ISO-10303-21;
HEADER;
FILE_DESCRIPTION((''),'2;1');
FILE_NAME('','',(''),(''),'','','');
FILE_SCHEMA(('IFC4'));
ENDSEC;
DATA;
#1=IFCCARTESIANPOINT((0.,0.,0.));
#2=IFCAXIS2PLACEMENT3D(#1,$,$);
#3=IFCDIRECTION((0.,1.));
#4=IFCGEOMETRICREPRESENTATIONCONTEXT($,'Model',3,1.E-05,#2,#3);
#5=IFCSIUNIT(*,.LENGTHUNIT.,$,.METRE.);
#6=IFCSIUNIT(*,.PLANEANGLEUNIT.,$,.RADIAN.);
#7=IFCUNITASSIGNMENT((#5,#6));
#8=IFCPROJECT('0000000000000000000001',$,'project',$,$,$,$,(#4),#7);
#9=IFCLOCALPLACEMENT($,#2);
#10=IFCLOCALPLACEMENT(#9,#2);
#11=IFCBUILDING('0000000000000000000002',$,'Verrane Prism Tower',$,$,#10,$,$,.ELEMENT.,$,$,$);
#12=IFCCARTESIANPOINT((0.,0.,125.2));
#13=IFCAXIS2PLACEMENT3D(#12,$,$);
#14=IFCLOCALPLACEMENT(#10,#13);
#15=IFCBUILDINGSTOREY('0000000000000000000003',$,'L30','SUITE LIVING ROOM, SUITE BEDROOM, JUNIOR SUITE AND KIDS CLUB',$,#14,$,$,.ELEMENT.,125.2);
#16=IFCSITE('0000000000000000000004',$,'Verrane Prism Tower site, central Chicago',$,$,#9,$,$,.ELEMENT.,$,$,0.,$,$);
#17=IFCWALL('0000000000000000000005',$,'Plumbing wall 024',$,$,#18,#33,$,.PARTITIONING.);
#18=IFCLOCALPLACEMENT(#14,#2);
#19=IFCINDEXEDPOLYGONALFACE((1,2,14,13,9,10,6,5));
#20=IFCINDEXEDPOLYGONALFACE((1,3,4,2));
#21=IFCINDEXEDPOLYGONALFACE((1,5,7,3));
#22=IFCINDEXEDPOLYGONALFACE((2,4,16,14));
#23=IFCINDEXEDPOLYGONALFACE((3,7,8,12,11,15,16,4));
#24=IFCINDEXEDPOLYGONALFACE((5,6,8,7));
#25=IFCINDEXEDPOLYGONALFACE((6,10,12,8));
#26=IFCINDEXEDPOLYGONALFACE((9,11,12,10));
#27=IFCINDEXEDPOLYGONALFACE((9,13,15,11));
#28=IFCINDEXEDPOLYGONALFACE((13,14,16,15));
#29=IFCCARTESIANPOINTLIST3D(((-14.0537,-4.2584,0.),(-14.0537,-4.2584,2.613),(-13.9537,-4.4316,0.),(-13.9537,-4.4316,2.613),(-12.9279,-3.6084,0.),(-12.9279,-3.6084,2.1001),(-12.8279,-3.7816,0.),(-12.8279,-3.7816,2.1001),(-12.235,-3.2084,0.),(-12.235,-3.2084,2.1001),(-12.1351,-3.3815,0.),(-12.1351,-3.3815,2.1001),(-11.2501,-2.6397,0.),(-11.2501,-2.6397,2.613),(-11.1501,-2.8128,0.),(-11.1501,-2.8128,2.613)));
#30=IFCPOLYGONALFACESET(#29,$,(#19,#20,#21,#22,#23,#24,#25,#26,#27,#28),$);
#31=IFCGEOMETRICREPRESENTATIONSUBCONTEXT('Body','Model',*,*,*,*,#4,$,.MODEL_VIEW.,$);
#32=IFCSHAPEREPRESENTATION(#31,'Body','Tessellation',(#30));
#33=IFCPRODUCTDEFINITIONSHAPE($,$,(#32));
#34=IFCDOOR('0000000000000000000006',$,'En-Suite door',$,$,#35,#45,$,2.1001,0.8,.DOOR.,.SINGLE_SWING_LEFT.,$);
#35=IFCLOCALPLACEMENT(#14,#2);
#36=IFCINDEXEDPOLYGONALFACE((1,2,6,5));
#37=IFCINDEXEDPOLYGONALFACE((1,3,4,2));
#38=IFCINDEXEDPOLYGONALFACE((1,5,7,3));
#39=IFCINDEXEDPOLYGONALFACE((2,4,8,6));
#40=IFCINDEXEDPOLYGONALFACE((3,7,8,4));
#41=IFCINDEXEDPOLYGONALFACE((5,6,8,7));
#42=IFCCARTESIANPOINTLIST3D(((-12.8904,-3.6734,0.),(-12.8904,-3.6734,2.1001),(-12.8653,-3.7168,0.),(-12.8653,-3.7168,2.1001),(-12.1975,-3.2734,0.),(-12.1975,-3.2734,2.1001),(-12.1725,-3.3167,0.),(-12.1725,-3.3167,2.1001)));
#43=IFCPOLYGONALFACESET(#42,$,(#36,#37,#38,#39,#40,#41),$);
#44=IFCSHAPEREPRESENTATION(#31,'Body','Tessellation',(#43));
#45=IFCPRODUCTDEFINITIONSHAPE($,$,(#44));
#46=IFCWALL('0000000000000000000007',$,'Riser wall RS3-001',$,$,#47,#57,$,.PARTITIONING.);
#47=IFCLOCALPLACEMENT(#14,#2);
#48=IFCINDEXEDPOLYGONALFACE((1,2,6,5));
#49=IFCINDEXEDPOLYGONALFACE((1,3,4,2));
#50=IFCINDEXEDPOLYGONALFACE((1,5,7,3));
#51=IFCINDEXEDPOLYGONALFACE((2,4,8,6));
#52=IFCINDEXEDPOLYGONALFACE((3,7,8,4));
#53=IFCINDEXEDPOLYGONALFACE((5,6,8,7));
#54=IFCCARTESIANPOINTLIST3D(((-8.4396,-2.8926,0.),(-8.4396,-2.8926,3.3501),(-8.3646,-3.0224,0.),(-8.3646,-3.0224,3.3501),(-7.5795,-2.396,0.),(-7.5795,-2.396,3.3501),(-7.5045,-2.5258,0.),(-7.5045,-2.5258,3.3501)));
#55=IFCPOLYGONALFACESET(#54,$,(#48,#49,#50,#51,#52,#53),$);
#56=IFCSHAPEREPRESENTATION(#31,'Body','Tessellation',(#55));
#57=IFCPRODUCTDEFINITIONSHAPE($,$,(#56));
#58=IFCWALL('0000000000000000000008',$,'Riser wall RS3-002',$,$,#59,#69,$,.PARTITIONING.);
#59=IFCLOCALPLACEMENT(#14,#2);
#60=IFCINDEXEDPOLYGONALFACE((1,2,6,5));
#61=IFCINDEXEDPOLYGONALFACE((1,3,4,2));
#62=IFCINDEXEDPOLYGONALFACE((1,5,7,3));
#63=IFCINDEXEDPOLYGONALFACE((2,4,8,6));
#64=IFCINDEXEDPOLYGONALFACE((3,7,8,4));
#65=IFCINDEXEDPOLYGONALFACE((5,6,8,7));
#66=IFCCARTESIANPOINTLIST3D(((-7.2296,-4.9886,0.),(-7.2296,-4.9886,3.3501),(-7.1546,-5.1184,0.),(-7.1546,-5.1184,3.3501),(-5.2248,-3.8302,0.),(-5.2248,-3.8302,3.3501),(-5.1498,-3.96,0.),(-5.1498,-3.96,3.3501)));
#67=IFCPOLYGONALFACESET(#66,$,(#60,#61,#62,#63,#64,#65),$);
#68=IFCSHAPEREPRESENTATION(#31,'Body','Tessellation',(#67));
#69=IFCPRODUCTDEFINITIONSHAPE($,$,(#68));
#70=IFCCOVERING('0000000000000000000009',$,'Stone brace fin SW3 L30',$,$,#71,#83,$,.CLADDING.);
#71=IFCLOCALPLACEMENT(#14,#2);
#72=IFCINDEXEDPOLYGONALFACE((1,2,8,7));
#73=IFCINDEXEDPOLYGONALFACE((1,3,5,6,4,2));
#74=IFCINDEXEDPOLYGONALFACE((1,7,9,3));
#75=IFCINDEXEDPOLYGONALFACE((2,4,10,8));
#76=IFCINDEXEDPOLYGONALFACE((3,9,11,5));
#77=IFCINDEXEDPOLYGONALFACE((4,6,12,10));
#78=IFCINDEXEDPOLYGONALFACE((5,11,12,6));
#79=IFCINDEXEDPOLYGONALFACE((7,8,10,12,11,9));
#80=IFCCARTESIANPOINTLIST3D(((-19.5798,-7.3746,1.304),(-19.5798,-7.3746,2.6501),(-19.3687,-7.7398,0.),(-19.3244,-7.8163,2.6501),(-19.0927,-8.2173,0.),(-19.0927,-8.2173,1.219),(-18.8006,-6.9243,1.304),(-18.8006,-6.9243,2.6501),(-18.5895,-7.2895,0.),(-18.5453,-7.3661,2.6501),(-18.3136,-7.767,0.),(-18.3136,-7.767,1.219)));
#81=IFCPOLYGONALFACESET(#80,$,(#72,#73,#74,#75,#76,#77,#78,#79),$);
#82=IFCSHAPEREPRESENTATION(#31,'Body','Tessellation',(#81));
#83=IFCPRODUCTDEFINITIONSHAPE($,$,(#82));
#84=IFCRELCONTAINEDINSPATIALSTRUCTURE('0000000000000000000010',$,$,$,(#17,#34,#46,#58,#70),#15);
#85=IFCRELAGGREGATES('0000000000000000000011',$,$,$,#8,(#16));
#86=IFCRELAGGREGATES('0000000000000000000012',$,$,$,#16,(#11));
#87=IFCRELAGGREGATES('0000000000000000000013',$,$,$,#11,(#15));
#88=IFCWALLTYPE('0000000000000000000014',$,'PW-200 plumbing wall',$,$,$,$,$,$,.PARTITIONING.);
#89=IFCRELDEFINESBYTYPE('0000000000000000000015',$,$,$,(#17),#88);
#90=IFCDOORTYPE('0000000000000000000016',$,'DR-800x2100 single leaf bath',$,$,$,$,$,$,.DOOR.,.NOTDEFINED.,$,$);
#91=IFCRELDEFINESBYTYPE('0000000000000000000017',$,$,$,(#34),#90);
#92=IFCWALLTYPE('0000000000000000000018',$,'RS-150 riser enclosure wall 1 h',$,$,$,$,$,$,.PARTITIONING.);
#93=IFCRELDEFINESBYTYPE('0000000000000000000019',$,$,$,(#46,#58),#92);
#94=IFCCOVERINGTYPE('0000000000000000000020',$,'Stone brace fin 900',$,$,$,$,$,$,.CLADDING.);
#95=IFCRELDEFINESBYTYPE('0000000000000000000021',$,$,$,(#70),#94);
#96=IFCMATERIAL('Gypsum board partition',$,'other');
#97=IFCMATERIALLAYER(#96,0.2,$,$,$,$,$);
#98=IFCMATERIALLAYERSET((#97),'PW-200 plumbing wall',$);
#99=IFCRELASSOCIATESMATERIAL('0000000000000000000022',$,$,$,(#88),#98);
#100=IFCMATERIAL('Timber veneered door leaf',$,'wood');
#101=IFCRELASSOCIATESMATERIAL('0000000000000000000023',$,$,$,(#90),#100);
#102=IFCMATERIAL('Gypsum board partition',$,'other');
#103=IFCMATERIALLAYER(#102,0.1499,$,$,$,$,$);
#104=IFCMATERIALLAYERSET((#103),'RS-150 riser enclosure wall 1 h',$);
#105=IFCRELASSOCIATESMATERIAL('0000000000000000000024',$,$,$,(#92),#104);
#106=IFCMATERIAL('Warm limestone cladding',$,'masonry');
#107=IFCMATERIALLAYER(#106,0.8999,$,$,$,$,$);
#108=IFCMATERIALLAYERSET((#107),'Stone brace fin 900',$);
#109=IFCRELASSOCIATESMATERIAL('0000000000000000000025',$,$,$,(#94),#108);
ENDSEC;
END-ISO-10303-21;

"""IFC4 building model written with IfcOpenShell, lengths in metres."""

from ifc_helpers import new_model, si_unit, direction, frame, frame_2d, origin, place, context, subcontext, project, spatial, polyline, rectangle, outline, extrude, material, layer, layer_set, type_object, element, fill, save


model = new_model("IFC4")

# Units and contexts
model_context = context("Model", 3, precision=1e-05, world=origin(), true_north=direction((0.0, 1.0)))
body_context = subcontext(model_context, "Body", "Model", "MODEL_VIEW")
ifc_project = project(units=[si_unit("LENGTHUNIT", "METRE"), si_unit("PLANEANGLEUNIT", "RADIAN")], contexts=[model_context])

# Site, building, storey
site_placement = place(None, origin())
site = spatial("IfcSite", under=ifc_project, at=site_placement, Name="Verrane Prism Tower site, central Chicago", CompositionType="ELEMENT", RefElevation=0.0)
building_placement = place(site_placement, origin())
building = spatial("IfcBuilding", under=site, at=building_placement, Name="Verrane Prism Tower", CompositionType="ELEMENT")
storey_placement = place(building_placement, frame((0.0, 0.0, 125.2)))
storey = spatial("IfcBuildingStorey", under=building, at=storey_placement, Name="L30", Description="SUITE LIVING ROOM, SUITE BEDROOM, JUNIOR SUITE AND KIDS CLUB", CompositionType="ELEMENT", Elevation=125.2)

# Shared definitions
ifc_material_1 = material(Name="Gypsum board partition", Category="other")
ifc_layer_1 = layer(ifc_material_1, 0.2)
ifc_layer_set_1 = layer_set([ifc_layer_1], Name="PW-200 plumbing wall")
wall_type_1 = type_object("IfcWallType", Name="PW-200 plumbing wall", PredefinedType="PARTITIONING", material=ifc_layer_set_1)

# Wall, opening, door
wall_1_placement = place(storey_placement, frame((-14.0037, -4.345, 0.0), z_axis=(0.0, 0.0, 1.0), x_axis=(0.866016, 0.500016, 0.0)))
wall_1 = element("IfcWall", 1, at=wall_1_placement, inside=storey, type_object=wall_type_1, Name="Plumbing wall 024", PredefinedType="PARTITIONING", context=body_context, shape_type="SweptSolid", body=[
    extrude(rectangle(XDim=3.2373, YDim=0.2, at=frame_2d((1.6187, 0.0))), origin(), (0.0, 0.0, 1.0), 2.613),
])
opening_1_placement = place(wall_1_placement, frame((1.3, 0.0, 0.0)))
opening_1 = element("IfcOpeningElement", 2, at=opening_1_placement, cuts=wall_1, PredefinedType="OPENING", context=body_context, shape_type="SweptSolid", body=[
    extrude(rectangle(XDim=0.8, YDim=2.1001, at=frame_2d((0.3999, 1.05))), frame((0.0, 0.1099, 0.0), z_axis=(0.0, -1.0, 0.0), x_axis=(1.0, 0.0, 0.0)), (0.0, 0.0, 1.0), 0.22),
])
ifc_material_2 = material(Name="Timber veneered door leaf", Category="wood")
door_type_1 = type_object("IfcDoorType", Name="DR-800x2100 single leaf bath", OperationType="NOTDEFINED", PredefinedType="DOOR", material=ifc_material_2)
door_1_placement = place(opening_1_placement, origin())
door_1 = element("IfcDoor", 3, at=door_1_placement, inside=storey, type_object=door_type_1, Name="En-Suite door", OperationType="SINGLE_SWING_LEFT", OverallHeight=2.1001, OverallWidth=0.8, PredefinedType="DOOR", context=body_context, shape_type="SweptSolid", body=[
    extrude(rectangle(XDim=0.8, YDim=2.1001, at=frame_2d((0.3999, 1.05))), frame((0.0, 0.0249, 0.0), z_axis=(0.0, -1.0, 0.0), x_axis=(1.0, 0.0, 0.0)), (0.0, 0.0, 1.0), 0.05),
])
fill(opening_1, door_1)

# Walls
ifc_material_3 = material(Name="Gypsum board partition", Category="other")
ifc_layer_2 = layer(ifc_material_3, 0.1499)
ifc_layer_set_2 = layer_set([ifc_layer_2], Name="RS-150 riser enclosure wall 1 h")
wall_type_2 = type_object("IfcWallType", Name="RS-150 riser enclosure wall 1 h", PredefinedType="PARTITIONING", material=ifc_layer_set_2)
wall_2_placement = place(storey_placement, frame((-8.4021, -2.9575, 0.0), z_axis=(0.0, 0.0, 1.0), x_axis=(0.866026, 0.499999, 0.0)))
element("IfcWall", 4, at=wall_2_placement, inside=storey, type_object=wall_type_2, Name="Riser wall RS3-001", PredefinedType="PARTITIONING", context=body_context, shape_type="SweptSolid", body=[
    extrude(rectangle(XDim=0.9932, YDim=0.1499, at=frame_2d((0.4966, 0.0))), origin(), (0.0, 0.0, 1.0), 3.3501),
])
wall_3_placement = place(storey_placement, frame((-7.1921, -5.0535, 0.0), z_axis=(0.0, 0.0, 1.0), x_axis=(0.865852, 0.5003, 0.0)))
element("IfcWall", 5, at=wall_3_placement, inside=storey, type_object=wall_type_2, Name="Riser wall RS3-002", PredefinedType="PARTITIONING", context=body_context, shape_type="SweptSolid", body=[
    extrude(rectangle(XDim=2.3154, YDim=0.1499, at=frame_2d((1.1577, 0.0))), origin(), (0.0, 0.0, 1.0), 3.3501),
])

# Covering
ifc_material_4 = material(Name="Warm limestone cladding", Category="masonry")
ifc_layer_3 = layer(ifc_material_4, 0.8999)
ifc_layer_set_3 = layer_set([ifc_layer_3], Name="Stone brace fin 900")
covering_type = type_object("IfcCoveringType", Name="Stone brace fin 900", PredefinedType="CLADDING", material=ifc_layer_set_3)
covering_placement = place(storey_placement, frame((-18.7031, -7.9922, 0.0), z_axis=(0.0, 0.0, 1.0), x_axis=(-0.500374, 0.86581, 0.0)))
element("IfcCovering", 6, at=covering_placement, inside=storey, type_object=covering_type, Name="Stone brace fin SW3 L30", PredefinedType="CLADDING", context=body_context, shape_type="SweptSolid", body=[
    extrude(outline(polyline([(0.9734, 2.6501), (0.4631, 2.6501), (0.0, 1.219), (0.0, 0.0), (0.5515, 0.0), (0.9734, 1.304), (0.9734, 2.6501)])), frame((0.0, 0.45, 0.0), z_axis=(0.0, -1.0, 0.0), x_axis=(1.0, 0.0, 0.0)), (0.0, 0.0, 1.0), 0.8999),
])

save(model, "model.ifc")
